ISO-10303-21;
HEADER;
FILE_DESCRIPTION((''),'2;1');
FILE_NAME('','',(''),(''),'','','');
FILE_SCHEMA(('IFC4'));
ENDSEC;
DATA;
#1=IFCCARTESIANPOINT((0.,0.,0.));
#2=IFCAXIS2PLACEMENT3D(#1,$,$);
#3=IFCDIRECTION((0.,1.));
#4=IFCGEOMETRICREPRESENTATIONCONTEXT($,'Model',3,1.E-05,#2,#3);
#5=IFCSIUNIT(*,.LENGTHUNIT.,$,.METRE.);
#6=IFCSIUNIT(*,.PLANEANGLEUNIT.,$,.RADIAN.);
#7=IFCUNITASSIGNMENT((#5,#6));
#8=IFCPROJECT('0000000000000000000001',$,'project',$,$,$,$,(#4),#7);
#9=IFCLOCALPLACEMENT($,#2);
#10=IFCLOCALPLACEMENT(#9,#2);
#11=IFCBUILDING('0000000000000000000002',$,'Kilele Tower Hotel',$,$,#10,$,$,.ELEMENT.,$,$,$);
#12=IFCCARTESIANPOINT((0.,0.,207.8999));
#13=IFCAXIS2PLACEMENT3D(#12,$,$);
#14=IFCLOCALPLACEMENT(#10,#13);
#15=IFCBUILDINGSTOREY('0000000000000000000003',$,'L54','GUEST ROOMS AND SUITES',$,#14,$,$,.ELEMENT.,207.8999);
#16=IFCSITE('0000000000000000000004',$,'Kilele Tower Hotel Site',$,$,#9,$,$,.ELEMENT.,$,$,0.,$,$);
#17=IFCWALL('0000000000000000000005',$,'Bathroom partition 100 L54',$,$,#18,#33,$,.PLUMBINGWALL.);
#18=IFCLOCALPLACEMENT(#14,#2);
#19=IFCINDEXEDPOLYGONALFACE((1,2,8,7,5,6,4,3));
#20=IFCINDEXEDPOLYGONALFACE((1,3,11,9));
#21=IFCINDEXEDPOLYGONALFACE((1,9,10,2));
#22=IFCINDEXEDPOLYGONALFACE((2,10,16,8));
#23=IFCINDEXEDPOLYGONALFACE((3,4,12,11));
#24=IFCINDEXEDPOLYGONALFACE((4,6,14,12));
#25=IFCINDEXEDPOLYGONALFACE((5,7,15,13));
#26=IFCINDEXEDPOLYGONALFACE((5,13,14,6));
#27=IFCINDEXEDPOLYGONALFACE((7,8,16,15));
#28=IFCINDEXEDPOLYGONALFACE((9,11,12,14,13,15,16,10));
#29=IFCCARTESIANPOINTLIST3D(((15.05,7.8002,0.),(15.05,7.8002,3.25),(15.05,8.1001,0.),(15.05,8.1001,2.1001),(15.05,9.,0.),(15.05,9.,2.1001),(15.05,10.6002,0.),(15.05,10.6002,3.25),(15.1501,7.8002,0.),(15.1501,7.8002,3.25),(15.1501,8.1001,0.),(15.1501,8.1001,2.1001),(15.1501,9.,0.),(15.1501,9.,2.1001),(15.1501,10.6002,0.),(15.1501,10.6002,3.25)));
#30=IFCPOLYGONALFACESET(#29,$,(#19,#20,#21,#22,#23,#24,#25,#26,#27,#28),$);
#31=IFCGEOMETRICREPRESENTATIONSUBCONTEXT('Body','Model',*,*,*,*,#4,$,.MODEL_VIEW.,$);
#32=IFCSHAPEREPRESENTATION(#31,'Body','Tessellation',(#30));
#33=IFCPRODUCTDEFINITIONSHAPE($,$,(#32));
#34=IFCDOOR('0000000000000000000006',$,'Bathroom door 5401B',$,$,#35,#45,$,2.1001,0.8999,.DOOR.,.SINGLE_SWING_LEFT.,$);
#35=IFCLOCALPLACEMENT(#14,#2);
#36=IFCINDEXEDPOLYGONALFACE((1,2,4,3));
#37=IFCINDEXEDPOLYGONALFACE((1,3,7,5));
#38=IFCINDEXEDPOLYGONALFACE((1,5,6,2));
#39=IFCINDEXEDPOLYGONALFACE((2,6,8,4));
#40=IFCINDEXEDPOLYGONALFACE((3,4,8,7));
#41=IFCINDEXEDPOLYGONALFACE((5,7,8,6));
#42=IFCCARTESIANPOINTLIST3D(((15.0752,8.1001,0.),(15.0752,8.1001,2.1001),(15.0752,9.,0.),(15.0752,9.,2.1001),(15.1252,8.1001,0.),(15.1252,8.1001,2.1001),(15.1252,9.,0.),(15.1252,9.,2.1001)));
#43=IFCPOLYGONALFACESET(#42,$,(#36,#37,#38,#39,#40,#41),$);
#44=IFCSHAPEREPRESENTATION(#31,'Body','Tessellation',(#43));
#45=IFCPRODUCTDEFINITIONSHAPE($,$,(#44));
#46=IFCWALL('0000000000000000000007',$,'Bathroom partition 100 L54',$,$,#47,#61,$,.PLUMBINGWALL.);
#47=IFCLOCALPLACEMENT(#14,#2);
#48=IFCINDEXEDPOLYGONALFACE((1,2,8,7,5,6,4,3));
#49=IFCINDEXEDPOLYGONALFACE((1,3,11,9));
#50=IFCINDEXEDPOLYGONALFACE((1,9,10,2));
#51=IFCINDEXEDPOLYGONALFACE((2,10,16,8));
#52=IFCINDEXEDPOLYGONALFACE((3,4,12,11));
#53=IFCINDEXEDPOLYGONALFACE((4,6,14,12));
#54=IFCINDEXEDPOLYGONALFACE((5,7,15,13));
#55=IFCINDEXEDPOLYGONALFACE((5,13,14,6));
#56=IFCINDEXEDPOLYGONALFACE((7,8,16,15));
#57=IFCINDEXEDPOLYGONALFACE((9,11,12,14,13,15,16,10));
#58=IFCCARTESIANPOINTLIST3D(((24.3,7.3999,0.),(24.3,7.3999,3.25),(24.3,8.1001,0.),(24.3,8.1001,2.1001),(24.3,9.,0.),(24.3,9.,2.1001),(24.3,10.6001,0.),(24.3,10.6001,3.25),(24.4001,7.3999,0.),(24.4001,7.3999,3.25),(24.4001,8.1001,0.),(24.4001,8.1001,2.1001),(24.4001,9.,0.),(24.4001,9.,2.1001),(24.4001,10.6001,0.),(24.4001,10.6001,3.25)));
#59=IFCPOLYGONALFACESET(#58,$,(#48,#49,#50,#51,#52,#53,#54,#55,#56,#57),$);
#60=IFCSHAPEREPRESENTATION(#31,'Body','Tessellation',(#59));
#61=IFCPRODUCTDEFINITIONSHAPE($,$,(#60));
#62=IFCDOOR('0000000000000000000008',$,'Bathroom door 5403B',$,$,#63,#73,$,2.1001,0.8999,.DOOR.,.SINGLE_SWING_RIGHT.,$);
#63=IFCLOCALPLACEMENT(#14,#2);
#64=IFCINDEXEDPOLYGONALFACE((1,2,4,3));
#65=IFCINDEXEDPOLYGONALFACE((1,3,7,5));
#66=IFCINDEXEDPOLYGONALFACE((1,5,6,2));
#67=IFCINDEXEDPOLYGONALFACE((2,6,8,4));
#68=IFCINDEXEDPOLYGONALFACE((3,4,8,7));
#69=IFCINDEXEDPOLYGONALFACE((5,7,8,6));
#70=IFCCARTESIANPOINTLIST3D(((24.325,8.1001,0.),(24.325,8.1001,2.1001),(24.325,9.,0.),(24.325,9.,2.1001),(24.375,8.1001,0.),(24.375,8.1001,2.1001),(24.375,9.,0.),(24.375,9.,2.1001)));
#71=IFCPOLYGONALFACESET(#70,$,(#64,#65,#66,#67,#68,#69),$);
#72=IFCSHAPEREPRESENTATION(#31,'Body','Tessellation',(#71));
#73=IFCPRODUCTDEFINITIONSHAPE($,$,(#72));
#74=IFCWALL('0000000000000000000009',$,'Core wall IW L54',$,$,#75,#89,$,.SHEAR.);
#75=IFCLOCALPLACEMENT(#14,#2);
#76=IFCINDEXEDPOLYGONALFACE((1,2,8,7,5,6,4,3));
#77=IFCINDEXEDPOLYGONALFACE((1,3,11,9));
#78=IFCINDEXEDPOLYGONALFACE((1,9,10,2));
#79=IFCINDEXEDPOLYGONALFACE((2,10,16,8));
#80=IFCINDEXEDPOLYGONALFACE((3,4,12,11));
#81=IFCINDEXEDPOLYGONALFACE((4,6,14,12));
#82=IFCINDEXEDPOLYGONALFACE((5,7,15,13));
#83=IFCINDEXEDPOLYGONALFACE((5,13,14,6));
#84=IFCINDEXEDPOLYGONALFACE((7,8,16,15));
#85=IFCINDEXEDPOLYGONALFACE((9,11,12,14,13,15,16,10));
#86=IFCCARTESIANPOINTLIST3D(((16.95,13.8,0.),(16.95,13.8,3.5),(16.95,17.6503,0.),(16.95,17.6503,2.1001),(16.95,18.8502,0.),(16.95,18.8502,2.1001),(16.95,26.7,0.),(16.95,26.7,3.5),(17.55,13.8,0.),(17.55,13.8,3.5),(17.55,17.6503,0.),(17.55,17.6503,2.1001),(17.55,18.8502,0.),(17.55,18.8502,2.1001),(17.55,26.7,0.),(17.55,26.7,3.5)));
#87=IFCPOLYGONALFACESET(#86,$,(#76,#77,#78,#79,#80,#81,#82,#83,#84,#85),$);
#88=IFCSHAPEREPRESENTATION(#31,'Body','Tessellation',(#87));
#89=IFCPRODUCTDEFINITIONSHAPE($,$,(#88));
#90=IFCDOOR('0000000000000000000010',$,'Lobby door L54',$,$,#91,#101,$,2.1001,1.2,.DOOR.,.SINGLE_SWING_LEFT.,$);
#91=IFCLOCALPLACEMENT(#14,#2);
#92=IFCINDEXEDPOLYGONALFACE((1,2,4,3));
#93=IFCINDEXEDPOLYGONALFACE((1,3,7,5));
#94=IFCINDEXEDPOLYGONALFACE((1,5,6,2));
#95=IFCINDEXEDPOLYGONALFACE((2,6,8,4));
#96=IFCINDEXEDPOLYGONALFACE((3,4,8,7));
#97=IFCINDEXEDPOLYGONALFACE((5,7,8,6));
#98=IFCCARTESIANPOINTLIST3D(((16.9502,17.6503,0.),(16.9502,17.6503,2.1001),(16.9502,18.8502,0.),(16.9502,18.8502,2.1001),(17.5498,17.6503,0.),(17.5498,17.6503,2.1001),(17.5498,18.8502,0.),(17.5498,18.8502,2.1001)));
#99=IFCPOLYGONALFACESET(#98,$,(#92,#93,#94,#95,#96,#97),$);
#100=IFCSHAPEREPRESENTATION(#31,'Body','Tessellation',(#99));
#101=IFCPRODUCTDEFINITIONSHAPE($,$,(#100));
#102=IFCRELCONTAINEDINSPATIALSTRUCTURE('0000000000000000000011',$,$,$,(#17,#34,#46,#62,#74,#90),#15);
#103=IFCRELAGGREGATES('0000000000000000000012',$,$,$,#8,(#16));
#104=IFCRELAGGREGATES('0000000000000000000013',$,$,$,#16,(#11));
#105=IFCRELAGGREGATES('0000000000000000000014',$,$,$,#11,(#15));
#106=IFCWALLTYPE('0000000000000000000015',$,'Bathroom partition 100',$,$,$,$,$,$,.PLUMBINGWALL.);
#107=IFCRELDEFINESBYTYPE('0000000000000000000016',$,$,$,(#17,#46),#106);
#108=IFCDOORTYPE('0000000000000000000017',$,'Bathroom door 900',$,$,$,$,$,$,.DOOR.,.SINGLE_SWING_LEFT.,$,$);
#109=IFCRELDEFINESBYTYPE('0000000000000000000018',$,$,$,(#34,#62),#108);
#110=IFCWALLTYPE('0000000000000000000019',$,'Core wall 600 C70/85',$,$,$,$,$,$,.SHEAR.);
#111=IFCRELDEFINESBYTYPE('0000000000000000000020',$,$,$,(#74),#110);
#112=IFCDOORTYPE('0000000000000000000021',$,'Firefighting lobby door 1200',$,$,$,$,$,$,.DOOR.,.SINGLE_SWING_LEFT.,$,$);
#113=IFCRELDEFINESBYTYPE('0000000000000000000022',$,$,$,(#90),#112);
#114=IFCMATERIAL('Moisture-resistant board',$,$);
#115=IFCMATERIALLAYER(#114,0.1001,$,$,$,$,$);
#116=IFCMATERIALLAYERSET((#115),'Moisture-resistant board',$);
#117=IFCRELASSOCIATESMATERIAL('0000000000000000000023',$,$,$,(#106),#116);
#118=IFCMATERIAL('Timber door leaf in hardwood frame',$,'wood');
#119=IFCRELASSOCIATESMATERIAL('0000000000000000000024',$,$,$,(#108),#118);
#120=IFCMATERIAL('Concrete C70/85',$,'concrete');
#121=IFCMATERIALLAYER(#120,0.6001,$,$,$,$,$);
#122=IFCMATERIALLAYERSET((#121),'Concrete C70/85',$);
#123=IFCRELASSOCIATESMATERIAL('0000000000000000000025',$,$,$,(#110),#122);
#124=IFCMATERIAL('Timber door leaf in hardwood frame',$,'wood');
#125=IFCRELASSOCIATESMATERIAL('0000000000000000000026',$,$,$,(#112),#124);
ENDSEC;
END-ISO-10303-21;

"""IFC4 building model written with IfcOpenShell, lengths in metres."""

from ifc_helpers import new_model, si_unit, direction, frame, frame_2d, origin, place, context, subcontext, project, spatial, rectangle, extrude, material, layer, layer_set, type_object, element, fill, save


model = new_model("IFC4")

# Units and contexts
model_context = context("Model", 3, precision=1e-05, world=origin(), true_north=direction((0.0, 1.0)))
body_context = subcontext(model_context, "Body", "Model", "MODEL_VIEW")
ifc_project = project(units=[si_unit("LENGTHUNIT", "METRE"), si_unit("PLANEANGLEUNIT", "RADIAN")], contexts=[model_context])

# Site, building, storey
site_placement = place(None, origin())
site = spatial("IfcSite", under=ifc_project, at=site_placement, Name="Kilele Tower Hotel Site", CompositionType="ELEMENT", RefElevation=0.0)
building_placement = place(site_placement, origin())
building = spatial("IfcBuilding", under=site, at=building_placement, Name="Kilele Tower Hotel", CompositionType="ELEMENT")
storey_placement = place(building_placement, frame((0.0, 0.0, 207.8999)))
storey = spatial("IfcBuildingStorey", under=building, at=storey_placement, Name="L54", Description="GUEST ROOMS AND SUITES", CompositionType="ELEMENT", Elevation=207.8999)

# Walls, openings, doors
ifc_material_1 = material(Name="Moisture-resistant board")
ifc_layer_1 = layer(ifc_material_1, 0.1001)
ifc_layer_set_1 = layer_set([ifc_layer_1], Name="Moisture-resistant board")
wall_type_1 = type_object("IfcWallType", Name="Bathroom partition 100", PredefinedType="PLUMBINGWALL", material=ifc_layer_set_1)
wall_1_placement = place(storey_placement, frame((15.1001, 10.6001, 0.0), z_axis=(0.0, 0.0, 1.0), x_axis=(0.0, -1.0, 0.0)))
wall_1 = element("IfcWall", 1, at=wall_1_placement, inside=storey, type_object=wall_type_1, Name="Bathroom partition 100 L54", PredefinedType="PLUMBINGWALL", context=body_context, shape_type="SweptSolid", body=[
    extrude(rectangle(XDim=2.8, YDim=0.1001, at=frame_2d((1.3999, 0.0))), origin(), (0.0, 0.0, 1.0), 3.25),
])
opening_1_placement = place(wall_1_placement, frame((2.5, 0.0, 0.0), z_axis=(0.0, 0.0, 1.0), x_axis=(-1.0, 0.0, 0.0)))
opening_1 = element("IfcOpeningElement", 2, at=opening_1_placement, cuts=wall_1, PredefinedType="OPENING", context=body_context, shape_type="SweptSolid", body=[
    extrude(rectangle(XDim=0.8999, YDim=2.1001, at=frame_2d((0.45, 1.05))), frame((0.0, 0.0601, 0.0), z_axis=(0.0, -1.0, 0.0), x_axis=(1.0, 0.0, 0.0)), (0.0, 0.0, 1.0), 0.1201),
])
ifc_material_2 = material(Name="Timber door leaf in hardwood frame", Category="wood")
door_type_1 = type_object("IfcDoorType", Name="Bathroom door 900", OperationType="SINGLE_SWING_LEFT", PredefinedType="DOOR", material=ifc_material_2)
door_1_placement = place(opening_1_placement, origin())
door_1 = element("IfcDoor", 3, at=door_1_placement, inside=storey, type_object=door_type_1, Name="Bathroom door 5401B", OperationType="SINGLE_SWING_LEFT", OverallHeight=2.1001, OverallWidth=0.8999, PredefinedType="DOOR", context=body_context, shape_type="SweptSolid", body=[
    extrude(rectangle(XDim=0.8999, YDim=2.1001, at=frame_2d((0.45, 1.05))), frame((0.0, 0.0249, 0.0), z_axis=(0.0, -1.0, 0.0), x_axis=(1.0, 0.0, 0.0)), (0.0, 0.0, 1.0), 0.05),
])
fill(opening_1, door_1)
wall_2_placement = place(storey_placement, frame((24.3501, 10.6001, 0.0), z_axis=(0.0, 0.0, 1.0), x_axis=(0.0, -1.0, 0.0)))
wall_2 = element("IfcWall", 4, at=wall_2_placement, inside=storey, type_object=wall_type_1, Name="Bathroom partition 100 L54", PredefinedType="PLUMBINGWALL", context=body_context, shape_type="SweptSolid", body=[
    extrude(rectangle(XDim=3.2002, YDim=0.1001, at=frame_2d((1.6001, 0.0))), origin(), (0.0, 0.0, 1.0), 3.25),
])
opening_2_placement = place(wall_2_placement, frame((1.6001, 0.0, 0.0)))
opening_2 = element("IfcOpeningElement", 5, at=opening_2_placement, cuts=wall_2, PredefinedType="OPENING", context=body_context, shape_type="SweptSolid", body=[
    extrude(rectangle(XDim=0.8999, YDim=2.1001, at=frame_2d((0.45, 1.05))), frame((0.0, 0.0601, 0.0), z_axis=(0.0, -1.0, 0.0), x_axis=(1.0, 0.0, 0.0)), (0.0, 0.0, 1.0), 0.1201),
])
door_2_placement = place(opening_2_placement, origin())
door_2 = element("IfcDoor", 6, at=door_2_placement, inside=storey, type_object=door_type_1, Name="Bathroom door 5403B", OperationType="SINGLE_SWING_RIGHT", OverallHeight=2.1001, OverallWidth=0.8999, PredefinedType="DOOR", context=body_context, shape_type="SweptSolid", body=[
    extrude(rectangle(XDim=0.8999, YDim=2.1001, at=frame_2d((0.45, 1.05))), frame((0.0, 0.0249, 0.0), z_axis=(0.0, -1.0, 0.0), x_axis=(1.0, 0.0, 0.0)), (0.0, 0.0, 1.0), 0.05),
])
fill(opening_2, door_2)
ifc_material_3 = material(Name="Concrete C70/85", Category="concrete")
ifc_layer_2 = layer(ifc_material_3, 0.6001)
ifc_layer_set_2 = layer_set([ifc_layer_2], Name="Concrete C70/85")
wall_type_2 = type_object("IfcWallType", Name="Core wall 600 C70/85", PredefinedType="SHEAR", material=ifc_layer_set_2)
wall_3_placement = place(storey_placement, frame((17.25, 13.8, 0.0), z_axis=(0.0, 0.0, 1.0), x_axis=(0.0, 1.0, 0.0)))
wall_3 = element("IfcWall", 7, at=wall_3_placement, inside=storey, type_object=wall_type_2, Name="Core wall IW L54", PredefinedType="SHEAR", context=body_context, shape_type="SweptSolid", body=[
    extrude(rectangle(XDim=12.8999, YDim=0.6001, at=frame_2d((6.45, 0.0))), origin(), (0.0, 0.0, 1.0), 3.5),
])
opening_3_placement = place(wall_3_placement, frame((3.8501, 0.0, 0.0)))
opening_3 = element("IfcOpeningElement", 8, at=opening_3_placement, cuts=wall_3, PredefinedType="OPENING", context=body_context, shape_type="SweptSolid", body=[
    extrude(rectangle(XDim=1.2, YDim=2.1001, at=frame_2d((0.6001, 1.05))), frame((0.0, 0.3101, 0.0), z_axis=(0.0, -1.0, 0.0), x_axis=(1.0, 0.0, 0.0)), (0.0, 0.0, 1.0), 0.6201),
])
ifc_material_4 = material(Name="Timber door leaf in hardwood frame", Category="wood")
door_type_2 = type_object("IfcDoorType", Name="Firefighting lobby door 1200", OperationType="SINGLE_SWING_LEFT", PredefinedType="DOOR", material=ifc_material_4)
door_3_placement = place(opening_3_placement, origin())
door_3 = element("IfcDoor", 9, at=door_3_placement, inside=storey, type_object=door_type_2, Name="Lobby door L54", OperationType="SINGLE_SWING_LEFT", OverallHeight=2.1001, OverallWidth=1.2, PredefinedType="DOOR", context=body_context, shape_type="SweptSolid", body=[
    extrude(rectangle(XDim=1.2, YDim=2.1001, at=frame_2d((0.6001, 1.05))), frame((0.0, 0.2998, 0.0), z_axis=(0.0, -1.0, 0.0), x_axis=(1.0, 0.0, 0.0)), (0.0, 0.0, 1.0), 0.5996),
])
fill(opening_3, door_3)

save(model, "model.ifc")
